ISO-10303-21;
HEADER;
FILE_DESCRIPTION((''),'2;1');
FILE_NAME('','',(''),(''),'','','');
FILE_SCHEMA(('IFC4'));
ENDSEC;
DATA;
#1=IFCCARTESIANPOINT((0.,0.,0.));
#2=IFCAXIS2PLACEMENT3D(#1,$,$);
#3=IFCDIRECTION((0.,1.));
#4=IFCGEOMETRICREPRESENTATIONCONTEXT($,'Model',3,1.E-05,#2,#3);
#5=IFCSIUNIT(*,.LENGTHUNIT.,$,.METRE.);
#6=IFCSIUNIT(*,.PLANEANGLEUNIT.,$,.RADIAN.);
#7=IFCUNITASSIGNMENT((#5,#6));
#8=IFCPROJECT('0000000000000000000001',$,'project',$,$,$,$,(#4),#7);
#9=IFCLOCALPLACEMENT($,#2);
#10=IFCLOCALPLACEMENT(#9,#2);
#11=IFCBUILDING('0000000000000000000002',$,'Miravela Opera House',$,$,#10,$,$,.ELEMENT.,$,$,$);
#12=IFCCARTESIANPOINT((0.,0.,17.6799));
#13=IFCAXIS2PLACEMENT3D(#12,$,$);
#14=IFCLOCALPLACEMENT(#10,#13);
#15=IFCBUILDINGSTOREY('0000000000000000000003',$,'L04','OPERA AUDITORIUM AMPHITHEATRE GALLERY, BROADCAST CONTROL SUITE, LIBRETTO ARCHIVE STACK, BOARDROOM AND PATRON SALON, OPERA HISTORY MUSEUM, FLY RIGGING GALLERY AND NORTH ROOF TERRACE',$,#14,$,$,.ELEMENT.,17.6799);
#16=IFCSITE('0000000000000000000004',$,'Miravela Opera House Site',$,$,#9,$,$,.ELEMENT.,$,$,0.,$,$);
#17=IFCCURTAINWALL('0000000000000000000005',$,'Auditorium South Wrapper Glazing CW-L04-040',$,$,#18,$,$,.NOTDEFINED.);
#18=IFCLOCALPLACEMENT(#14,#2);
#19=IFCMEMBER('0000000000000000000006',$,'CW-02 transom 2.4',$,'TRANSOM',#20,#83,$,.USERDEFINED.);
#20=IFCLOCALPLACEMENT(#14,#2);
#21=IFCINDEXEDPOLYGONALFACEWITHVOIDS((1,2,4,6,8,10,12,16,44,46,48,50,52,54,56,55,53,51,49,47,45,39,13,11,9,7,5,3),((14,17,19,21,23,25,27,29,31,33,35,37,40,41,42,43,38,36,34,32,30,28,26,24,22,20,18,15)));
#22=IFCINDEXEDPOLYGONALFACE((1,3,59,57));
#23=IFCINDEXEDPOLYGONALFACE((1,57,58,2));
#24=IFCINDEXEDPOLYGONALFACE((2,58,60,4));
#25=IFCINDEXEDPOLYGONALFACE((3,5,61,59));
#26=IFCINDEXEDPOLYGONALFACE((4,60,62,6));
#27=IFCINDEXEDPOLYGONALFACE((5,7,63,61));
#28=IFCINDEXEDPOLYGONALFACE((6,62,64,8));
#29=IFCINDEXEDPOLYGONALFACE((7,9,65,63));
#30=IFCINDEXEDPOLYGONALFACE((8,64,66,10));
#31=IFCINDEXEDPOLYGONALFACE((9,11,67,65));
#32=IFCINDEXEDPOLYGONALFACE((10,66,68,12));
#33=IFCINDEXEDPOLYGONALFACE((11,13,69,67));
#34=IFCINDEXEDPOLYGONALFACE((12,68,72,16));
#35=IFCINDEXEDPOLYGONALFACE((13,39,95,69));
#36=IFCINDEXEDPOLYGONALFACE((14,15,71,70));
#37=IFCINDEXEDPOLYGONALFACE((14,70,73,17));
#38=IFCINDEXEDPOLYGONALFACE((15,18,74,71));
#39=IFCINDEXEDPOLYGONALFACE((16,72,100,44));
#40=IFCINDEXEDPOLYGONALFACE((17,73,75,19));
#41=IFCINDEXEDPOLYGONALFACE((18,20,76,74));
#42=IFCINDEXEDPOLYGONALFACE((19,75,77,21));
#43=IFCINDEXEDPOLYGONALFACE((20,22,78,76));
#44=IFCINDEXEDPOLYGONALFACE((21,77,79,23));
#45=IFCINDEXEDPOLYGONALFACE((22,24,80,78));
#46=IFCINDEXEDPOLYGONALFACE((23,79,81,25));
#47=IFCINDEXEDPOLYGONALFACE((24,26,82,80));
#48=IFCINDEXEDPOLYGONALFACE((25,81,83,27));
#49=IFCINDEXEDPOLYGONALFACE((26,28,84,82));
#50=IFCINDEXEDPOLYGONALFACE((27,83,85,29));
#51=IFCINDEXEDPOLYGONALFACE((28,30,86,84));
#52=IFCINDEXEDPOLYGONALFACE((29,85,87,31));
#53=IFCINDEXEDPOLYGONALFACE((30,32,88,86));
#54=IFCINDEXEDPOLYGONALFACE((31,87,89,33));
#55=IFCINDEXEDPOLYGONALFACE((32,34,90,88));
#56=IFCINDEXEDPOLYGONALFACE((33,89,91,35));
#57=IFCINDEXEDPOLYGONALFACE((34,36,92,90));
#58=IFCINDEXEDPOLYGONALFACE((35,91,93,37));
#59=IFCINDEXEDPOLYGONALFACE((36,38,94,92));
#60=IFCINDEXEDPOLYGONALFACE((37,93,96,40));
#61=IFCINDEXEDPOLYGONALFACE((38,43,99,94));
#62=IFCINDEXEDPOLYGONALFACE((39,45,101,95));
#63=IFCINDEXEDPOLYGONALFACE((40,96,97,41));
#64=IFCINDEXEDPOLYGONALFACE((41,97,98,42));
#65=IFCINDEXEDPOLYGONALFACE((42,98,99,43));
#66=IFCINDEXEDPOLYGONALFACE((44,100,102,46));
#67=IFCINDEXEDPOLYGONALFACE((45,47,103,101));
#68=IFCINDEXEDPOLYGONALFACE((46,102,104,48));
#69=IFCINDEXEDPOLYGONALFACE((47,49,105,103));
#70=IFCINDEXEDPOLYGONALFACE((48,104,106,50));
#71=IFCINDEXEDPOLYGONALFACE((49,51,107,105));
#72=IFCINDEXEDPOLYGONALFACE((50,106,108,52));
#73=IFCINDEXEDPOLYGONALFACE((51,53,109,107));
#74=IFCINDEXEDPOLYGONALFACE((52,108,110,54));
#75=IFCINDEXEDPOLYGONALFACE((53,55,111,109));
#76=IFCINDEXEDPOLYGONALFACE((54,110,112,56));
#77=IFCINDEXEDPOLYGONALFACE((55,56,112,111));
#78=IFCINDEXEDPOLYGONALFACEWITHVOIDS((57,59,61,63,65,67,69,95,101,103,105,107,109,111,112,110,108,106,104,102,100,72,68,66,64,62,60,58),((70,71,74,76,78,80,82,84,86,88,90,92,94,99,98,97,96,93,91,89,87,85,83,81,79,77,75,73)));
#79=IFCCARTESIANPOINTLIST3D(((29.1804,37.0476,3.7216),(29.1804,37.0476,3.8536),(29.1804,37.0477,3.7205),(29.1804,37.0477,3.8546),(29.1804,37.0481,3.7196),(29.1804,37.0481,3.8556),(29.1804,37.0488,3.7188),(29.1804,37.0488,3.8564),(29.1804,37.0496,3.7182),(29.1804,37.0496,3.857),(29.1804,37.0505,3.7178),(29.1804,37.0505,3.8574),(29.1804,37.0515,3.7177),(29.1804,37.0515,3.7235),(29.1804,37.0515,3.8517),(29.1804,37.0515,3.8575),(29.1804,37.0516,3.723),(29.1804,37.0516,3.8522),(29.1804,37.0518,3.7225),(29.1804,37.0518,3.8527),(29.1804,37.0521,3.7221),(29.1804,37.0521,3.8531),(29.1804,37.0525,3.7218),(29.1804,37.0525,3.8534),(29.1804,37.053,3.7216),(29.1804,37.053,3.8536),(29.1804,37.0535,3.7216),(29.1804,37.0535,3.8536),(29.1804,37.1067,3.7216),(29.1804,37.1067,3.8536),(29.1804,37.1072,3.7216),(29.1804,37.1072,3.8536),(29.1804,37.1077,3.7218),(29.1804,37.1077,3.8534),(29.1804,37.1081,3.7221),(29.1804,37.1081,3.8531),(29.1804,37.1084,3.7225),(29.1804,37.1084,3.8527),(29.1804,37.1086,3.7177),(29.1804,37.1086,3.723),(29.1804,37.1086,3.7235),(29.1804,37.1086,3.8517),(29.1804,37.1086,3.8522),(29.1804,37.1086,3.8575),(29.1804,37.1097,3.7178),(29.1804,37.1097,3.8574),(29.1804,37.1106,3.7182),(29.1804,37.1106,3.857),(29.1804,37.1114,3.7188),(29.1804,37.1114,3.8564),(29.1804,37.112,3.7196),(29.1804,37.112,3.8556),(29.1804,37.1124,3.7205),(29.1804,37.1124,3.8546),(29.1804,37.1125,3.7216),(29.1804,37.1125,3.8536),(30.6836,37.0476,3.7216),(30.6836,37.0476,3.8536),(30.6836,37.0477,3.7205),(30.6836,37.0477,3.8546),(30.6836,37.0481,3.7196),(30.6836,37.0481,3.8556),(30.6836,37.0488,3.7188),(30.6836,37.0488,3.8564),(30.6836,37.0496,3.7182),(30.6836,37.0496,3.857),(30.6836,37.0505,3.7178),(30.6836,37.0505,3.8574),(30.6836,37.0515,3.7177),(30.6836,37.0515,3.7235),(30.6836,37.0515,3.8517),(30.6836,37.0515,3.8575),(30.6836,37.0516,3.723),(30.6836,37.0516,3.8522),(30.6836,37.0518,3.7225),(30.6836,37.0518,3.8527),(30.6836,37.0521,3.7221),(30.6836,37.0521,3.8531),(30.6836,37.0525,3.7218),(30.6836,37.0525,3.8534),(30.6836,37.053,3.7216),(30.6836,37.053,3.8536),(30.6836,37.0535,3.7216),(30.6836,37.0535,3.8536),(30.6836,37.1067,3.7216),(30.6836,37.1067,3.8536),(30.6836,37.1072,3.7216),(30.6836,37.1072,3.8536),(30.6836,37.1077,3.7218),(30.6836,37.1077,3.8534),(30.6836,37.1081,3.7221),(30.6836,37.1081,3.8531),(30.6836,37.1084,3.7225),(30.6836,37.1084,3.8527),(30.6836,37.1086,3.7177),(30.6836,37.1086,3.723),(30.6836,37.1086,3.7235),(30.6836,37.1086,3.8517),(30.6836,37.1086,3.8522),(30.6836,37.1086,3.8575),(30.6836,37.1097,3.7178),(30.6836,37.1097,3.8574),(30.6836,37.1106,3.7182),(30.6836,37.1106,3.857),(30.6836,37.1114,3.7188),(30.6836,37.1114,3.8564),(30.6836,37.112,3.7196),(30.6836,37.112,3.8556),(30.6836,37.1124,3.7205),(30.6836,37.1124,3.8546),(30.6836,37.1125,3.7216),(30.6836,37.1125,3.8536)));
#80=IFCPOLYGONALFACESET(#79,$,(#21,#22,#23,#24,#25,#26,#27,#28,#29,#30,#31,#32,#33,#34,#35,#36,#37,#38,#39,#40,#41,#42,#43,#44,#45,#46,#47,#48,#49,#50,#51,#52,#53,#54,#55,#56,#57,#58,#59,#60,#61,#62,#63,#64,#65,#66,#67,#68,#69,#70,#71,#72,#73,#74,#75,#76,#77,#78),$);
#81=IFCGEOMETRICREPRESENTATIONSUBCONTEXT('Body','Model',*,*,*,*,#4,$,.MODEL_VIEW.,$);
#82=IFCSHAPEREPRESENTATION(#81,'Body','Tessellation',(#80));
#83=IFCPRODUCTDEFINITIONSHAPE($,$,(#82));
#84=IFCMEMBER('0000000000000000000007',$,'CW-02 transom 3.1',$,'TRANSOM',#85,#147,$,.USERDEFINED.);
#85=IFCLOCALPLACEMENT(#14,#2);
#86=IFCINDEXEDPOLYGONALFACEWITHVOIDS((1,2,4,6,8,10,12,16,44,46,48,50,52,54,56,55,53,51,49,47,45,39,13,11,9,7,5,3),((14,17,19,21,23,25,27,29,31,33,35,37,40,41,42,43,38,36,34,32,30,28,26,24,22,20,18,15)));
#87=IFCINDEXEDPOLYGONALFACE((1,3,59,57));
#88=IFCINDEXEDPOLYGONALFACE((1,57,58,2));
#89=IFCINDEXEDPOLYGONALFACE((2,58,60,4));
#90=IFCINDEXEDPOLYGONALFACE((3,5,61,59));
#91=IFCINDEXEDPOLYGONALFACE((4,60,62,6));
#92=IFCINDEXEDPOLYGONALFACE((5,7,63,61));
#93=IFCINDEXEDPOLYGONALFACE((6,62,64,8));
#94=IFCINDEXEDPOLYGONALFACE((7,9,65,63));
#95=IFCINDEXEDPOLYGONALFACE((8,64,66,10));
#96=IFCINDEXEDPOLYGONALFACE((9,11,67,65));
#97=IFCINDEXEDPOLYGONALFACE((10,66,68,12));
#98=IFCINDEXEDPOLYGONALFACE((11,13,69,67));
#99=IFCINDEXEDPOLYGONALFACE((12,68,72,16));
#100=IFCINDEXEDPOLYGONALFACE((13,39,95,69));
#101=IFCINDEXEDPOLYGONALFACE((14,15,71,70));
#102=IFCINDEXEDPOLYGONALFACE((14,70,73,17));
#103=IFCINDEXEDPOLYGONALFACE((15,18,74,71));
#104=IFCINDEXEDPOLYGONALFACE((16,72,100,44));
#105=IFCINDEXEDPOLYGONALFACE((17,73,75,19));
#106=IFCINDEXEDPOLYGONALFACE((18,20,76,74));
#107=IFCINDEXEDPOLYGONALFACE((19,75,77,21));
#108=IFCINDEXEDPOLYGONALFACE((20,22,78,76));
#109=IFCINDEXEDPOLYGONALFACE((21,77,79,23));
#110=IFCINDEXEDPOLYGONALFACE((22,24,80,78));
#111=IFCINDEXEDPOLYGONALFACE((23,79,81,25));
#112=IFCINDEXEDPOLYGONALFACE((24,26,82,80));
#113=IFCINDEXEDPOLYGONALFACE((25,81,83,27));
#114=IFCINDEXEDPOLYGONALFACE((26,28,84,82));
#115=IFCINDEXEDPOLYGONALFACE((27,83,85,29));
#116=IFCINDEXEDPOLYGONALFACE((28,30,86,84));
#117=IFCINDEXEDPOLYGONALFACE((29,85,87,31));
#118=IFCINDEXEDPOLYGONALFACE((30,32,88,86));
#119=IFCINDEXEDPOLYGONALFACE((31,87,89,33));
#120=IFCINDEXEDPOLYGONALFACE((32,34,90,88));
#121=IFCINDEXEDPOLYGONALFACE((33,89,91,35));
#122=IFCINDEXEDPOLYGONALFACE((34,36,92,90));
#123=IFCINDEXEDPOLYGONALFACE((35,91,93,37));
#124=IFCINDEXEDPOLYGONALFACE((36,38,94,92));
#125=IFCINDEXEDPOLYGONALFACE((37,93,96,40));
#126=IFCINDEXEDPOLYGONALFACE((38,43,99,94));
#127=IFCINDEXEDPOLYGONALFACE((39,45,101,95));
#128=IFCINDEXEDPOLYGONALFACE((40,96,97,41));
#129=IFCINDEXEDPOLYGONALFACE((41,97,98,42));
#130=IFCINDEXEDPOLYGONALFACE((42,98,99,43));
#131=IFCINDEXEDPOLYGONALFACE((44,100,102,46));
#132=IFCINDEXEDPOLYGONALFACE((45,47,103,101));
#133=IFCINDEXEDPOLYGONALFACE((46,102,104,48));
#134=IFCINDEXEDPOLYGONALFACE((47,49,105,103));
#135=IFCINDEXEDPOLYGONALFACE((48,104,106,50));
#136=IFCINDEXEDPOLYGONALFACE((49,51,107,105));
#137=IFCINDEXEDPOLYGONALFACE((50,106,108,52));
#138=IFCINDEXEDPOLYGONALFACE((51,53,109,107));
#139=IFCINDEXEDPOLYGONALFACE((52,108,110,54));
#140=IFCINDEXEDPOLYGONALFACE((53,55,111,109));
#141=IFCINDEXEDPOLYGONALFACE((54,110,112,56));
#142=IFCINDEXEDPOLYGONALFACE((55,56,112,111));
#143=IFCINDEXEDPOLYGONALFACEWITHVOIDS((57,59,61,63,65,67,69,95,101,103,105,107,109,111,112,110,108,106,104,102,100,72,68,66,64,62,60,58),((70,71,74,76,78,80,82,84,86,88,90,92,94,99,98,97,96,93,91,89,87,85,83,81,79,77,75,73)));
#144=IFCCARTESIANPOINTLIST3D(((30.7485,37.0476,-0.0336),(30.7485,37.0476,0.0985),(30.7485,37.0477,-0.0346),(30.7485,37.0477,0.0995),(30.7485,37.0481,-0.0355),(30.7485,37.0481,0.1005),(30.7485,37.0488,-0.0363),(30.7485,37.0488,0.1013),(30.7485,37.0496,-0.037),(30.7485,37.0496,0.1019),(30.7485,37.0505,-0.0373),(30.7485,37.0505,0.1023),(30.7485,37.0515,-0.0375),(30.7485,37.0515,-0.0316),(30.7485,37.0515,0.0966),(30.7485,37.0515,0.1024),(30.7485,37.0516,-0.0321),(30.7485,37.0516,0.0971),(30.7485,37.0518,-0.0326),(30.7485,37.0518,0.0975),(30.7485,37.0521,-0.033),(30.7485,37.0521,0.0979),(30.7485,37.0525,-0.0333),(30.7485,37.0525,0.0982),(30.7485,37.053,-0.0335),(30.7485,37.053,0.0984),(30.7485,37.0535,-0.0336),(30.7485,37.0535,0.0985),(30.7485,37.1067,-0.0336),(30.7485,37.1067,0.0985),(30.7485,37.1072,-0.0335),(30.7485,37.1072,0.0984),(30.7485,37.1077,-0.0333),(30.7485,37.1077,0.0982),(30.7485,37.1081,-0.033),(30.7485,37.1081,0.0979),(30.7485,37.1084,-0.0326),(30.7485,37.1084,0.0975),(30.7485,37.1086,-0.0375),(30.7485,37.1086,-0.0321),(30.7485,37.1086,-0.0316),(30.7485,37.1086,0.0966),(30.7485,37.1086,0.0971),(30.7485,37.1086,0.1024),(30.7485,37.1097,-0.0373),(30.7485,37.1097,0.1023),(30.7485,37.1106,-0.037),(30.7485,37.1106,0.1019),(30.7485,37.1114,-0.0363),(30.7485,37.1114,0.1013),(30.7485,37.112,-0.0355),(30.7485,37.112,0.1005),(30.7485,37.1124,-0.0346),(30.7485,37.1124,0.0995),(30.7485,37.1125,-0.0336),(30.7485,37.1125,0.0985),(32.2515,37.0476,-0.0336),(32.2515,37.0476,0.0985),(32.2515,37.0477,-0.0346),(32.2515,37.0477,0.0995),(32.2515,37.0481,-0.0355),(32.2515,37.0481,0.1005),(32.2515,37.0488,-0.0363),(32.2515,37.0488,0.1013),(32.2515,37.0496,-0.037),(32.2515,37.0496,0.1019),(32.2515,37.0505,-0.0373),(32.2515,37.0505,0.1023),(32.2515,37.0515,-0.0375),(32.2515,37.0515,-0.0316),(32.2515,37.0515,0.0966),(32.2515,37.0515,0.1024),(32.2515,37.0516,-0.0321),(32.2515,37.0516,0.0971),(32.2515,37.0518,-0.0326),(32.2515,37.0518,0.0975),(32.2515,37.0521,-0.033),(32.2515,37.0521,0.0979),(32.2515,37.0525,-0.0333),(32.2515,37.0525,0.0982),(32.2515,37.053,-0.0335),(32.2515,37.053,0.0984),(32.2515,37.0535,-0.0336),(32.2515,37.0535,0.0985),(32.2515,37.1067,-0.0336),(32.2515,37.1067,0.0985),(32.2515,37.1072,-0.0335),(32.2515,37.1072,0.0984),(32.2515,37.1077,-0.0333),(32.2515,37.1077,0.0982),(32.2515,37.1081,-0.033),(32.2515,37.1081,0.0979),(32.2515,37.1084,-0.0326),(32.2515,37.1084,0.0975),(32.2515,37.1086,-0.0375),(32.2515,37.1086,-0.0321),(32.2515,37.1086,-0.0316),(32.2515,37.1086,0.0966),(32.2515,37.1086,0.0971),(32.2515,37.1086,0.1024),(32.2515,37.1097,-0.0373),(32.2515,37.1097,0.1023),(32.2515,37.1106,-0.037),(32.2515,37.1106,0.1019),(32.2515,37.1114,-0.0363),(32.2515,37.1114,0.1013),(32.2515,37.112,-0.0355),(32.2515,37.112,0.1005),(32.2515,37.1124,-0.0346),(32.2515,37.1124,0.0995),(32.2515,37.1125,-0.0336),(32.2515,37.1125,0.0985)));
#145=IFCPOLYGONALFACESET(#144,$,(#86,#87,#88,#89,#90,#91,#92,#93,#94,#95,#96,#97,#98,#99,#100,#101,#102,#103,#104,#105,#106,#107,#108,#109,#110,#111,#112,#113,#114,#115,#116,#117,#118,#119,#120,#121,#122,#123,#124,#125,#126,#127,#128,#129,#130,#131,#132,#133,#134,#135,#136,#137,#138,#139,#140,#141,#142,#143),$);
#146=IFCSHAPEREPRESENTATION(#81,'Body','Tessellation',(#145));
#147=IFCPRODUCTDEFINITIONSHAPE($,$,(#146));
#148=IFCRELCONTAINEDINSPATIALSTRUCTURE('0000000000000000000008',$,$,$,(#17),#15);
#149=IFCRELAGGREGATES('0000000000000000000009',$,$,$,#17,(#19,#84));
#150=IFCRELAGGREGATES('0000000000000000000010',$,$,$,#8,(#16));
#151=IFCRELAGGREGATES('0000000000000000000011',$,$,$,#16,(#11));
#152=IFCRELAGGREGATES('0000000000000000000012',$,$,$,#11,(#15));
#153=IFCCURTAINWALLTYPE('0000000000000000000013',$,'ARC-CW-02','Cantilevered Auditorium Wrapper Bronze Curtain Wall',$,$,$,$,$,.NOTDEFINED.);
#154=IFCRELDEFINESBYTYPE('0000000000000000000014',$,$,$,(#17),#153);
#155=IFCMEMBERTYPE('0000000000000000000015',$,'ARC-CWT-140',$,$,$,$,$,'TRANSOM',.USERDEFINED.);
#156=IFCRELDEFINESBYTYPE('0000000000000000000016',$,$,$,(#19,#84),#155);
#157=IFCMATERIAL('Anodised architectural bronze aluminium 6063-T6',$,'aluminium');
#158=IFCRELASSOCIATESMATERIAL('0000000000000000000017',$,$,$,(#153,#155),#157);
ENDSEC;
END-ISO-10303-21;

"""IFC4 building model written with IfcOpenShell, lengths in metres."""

from ifc_helpers import new_model, si_unit, direction, frame, origin, origin_2d, place, context, subcontext, project, spatial, hollow_rectangle, extrude, material, material_profile, profile_set, type_object, element, aggregate, save


model = new_model("IFC4")

# Units and contexts
model_context = context("Model", 3, precision=1e-05, world=origin(), true_north=direction((0.0, 1.0)))
body_context = subcontext(model_context, "Body", "Model", "MODEL_VIEW")
ifc_project = project(units=[si_unit("LENGTHUNIT", "METRE"), si_unit("PLANEANGLEUNIT", "RADIAN")], contexts=[model_context])

# Site, building, storey
site_placement = place(None, origin())
site = spatial("IfcSite", under=ifc_project, at=site_placement, Name="Miravela Opera House Site", CompositionType="ELEMENT", RefElevation=0.0)
building_placement = place(site_placement, origin())
building = spatial("IfcBuilding", under=site, at=building_placement, Name="Miravela Opera House", CompositionType="ELEMENT")
storey_placement = place(building_placement, frame((0.0, 0.0, 17.6799)))
storey = spatial("IfcBuildingStorey", under=building, at=storey_placement, Name="L04", Description="OPERA AUDITORIUM AMPHITHEATRE GALLERY, BROADCAST CONTROL SUITE, LIBRETTO ARCHIVE STACK, BOARDROOM AND PATRON SALON, OPERA HISTORY MUSEUM, FLY RIGGING GALLERY AND NORTH ROOF TERRACE", CompositionType="ELEMENT", Elevation=17.6799)

# Curtain wall, members
ifc_material_1 = material(Name="Anodised architectural bronze aluminium 6063-T6", Category="aluminium")
curtain_wall_type = type_object("IfcCurtainWallType", Name="ARC-CW-02", Description="Cantilevered Auditorium Wrapper Bronze Curtain Wall", PredefinedType="NOTDEFINED", material=ifc_material_1)
curtain_wall_placement = place(storey_placement, origin())
curtain_wall = element("IfcCurtainWall", 1, at=curtain_wall_placement, inside=storey, type_object=curtain_wall_type, Name="Auditorium South Wrapper Glazing CW-L04-040", PredefinedType="NOTDEFINED")
ifc_material_profile_1 = material_profile(ifc_material_1, hollow_rectangle(XDim=0.0649, YDim=0.1399, WallThickness=0.0039, InnerFilletRadius=0.002, OuterFilletRadius=0.0039, at=origin_2d()), Name="CWT-65X140")
ifc_profile_set_1 = profile_set([ifc_material_profile_1])
member_type_1 = type_object("IfcMemberType", Name="ARC-CWT-140", ElementType="TRANSOM", PredefinedType="USERDEFINED", material=ifc_profile_set_1)
member_1_placement = place(storey_placement, frame((29.1804, 37.0801, 3.7876), z_axis=(1.0, 0.0, 0.0), x_axis=(0.0, 1.0, 0.0)))
member_1 = element("IfcMember", 2, at=member_1_placement, type_object=member_type_1, Name="CW-02 transom 2.4", ObjectType="TRANSOM", PredefinedType="USERDEFINED", context=body_context, shape_type="SweptSolid", body=[
    extrude(hollow_rectangle(XDim=0.0649, YDim=0.1399, WallThickness=0.0039, InnerFilletRadius=0.002, OuterFilletRadius=0.0039, at=origin_2d()), origin(), (0.0, 0.0, 1.0), 1.5032),
])
member_2_placement = place(storey_placement, frame((30.7485, 37.0801, 0.0325), z_axis=(1.0, 0.0, 0.0), x_axis=(0.0, 1.0, 0.0)))
member_2 = element("IfcMember", 3, at=member_2_placement, type_object=member_type_1, Name="CW-02 transom 3.1", ObjectType="TRANSOM", PredefinedType="USERDEFINED", context=body_context, shape_type="SweptSolid", body=[
    extrude(hollow_rectangle(XDim=0.0649, YDim=0.1399, WallThickness=0.0039, InnerFilletRadius=0.002, OuterFilletRadius=0.0039, at=origin_2d()), origin(), (0.0, 0.0, 1.0), 1.5029),
])

aggregate(curtain_wall, [member_1, member_2])

save(model, "model.ifc")
